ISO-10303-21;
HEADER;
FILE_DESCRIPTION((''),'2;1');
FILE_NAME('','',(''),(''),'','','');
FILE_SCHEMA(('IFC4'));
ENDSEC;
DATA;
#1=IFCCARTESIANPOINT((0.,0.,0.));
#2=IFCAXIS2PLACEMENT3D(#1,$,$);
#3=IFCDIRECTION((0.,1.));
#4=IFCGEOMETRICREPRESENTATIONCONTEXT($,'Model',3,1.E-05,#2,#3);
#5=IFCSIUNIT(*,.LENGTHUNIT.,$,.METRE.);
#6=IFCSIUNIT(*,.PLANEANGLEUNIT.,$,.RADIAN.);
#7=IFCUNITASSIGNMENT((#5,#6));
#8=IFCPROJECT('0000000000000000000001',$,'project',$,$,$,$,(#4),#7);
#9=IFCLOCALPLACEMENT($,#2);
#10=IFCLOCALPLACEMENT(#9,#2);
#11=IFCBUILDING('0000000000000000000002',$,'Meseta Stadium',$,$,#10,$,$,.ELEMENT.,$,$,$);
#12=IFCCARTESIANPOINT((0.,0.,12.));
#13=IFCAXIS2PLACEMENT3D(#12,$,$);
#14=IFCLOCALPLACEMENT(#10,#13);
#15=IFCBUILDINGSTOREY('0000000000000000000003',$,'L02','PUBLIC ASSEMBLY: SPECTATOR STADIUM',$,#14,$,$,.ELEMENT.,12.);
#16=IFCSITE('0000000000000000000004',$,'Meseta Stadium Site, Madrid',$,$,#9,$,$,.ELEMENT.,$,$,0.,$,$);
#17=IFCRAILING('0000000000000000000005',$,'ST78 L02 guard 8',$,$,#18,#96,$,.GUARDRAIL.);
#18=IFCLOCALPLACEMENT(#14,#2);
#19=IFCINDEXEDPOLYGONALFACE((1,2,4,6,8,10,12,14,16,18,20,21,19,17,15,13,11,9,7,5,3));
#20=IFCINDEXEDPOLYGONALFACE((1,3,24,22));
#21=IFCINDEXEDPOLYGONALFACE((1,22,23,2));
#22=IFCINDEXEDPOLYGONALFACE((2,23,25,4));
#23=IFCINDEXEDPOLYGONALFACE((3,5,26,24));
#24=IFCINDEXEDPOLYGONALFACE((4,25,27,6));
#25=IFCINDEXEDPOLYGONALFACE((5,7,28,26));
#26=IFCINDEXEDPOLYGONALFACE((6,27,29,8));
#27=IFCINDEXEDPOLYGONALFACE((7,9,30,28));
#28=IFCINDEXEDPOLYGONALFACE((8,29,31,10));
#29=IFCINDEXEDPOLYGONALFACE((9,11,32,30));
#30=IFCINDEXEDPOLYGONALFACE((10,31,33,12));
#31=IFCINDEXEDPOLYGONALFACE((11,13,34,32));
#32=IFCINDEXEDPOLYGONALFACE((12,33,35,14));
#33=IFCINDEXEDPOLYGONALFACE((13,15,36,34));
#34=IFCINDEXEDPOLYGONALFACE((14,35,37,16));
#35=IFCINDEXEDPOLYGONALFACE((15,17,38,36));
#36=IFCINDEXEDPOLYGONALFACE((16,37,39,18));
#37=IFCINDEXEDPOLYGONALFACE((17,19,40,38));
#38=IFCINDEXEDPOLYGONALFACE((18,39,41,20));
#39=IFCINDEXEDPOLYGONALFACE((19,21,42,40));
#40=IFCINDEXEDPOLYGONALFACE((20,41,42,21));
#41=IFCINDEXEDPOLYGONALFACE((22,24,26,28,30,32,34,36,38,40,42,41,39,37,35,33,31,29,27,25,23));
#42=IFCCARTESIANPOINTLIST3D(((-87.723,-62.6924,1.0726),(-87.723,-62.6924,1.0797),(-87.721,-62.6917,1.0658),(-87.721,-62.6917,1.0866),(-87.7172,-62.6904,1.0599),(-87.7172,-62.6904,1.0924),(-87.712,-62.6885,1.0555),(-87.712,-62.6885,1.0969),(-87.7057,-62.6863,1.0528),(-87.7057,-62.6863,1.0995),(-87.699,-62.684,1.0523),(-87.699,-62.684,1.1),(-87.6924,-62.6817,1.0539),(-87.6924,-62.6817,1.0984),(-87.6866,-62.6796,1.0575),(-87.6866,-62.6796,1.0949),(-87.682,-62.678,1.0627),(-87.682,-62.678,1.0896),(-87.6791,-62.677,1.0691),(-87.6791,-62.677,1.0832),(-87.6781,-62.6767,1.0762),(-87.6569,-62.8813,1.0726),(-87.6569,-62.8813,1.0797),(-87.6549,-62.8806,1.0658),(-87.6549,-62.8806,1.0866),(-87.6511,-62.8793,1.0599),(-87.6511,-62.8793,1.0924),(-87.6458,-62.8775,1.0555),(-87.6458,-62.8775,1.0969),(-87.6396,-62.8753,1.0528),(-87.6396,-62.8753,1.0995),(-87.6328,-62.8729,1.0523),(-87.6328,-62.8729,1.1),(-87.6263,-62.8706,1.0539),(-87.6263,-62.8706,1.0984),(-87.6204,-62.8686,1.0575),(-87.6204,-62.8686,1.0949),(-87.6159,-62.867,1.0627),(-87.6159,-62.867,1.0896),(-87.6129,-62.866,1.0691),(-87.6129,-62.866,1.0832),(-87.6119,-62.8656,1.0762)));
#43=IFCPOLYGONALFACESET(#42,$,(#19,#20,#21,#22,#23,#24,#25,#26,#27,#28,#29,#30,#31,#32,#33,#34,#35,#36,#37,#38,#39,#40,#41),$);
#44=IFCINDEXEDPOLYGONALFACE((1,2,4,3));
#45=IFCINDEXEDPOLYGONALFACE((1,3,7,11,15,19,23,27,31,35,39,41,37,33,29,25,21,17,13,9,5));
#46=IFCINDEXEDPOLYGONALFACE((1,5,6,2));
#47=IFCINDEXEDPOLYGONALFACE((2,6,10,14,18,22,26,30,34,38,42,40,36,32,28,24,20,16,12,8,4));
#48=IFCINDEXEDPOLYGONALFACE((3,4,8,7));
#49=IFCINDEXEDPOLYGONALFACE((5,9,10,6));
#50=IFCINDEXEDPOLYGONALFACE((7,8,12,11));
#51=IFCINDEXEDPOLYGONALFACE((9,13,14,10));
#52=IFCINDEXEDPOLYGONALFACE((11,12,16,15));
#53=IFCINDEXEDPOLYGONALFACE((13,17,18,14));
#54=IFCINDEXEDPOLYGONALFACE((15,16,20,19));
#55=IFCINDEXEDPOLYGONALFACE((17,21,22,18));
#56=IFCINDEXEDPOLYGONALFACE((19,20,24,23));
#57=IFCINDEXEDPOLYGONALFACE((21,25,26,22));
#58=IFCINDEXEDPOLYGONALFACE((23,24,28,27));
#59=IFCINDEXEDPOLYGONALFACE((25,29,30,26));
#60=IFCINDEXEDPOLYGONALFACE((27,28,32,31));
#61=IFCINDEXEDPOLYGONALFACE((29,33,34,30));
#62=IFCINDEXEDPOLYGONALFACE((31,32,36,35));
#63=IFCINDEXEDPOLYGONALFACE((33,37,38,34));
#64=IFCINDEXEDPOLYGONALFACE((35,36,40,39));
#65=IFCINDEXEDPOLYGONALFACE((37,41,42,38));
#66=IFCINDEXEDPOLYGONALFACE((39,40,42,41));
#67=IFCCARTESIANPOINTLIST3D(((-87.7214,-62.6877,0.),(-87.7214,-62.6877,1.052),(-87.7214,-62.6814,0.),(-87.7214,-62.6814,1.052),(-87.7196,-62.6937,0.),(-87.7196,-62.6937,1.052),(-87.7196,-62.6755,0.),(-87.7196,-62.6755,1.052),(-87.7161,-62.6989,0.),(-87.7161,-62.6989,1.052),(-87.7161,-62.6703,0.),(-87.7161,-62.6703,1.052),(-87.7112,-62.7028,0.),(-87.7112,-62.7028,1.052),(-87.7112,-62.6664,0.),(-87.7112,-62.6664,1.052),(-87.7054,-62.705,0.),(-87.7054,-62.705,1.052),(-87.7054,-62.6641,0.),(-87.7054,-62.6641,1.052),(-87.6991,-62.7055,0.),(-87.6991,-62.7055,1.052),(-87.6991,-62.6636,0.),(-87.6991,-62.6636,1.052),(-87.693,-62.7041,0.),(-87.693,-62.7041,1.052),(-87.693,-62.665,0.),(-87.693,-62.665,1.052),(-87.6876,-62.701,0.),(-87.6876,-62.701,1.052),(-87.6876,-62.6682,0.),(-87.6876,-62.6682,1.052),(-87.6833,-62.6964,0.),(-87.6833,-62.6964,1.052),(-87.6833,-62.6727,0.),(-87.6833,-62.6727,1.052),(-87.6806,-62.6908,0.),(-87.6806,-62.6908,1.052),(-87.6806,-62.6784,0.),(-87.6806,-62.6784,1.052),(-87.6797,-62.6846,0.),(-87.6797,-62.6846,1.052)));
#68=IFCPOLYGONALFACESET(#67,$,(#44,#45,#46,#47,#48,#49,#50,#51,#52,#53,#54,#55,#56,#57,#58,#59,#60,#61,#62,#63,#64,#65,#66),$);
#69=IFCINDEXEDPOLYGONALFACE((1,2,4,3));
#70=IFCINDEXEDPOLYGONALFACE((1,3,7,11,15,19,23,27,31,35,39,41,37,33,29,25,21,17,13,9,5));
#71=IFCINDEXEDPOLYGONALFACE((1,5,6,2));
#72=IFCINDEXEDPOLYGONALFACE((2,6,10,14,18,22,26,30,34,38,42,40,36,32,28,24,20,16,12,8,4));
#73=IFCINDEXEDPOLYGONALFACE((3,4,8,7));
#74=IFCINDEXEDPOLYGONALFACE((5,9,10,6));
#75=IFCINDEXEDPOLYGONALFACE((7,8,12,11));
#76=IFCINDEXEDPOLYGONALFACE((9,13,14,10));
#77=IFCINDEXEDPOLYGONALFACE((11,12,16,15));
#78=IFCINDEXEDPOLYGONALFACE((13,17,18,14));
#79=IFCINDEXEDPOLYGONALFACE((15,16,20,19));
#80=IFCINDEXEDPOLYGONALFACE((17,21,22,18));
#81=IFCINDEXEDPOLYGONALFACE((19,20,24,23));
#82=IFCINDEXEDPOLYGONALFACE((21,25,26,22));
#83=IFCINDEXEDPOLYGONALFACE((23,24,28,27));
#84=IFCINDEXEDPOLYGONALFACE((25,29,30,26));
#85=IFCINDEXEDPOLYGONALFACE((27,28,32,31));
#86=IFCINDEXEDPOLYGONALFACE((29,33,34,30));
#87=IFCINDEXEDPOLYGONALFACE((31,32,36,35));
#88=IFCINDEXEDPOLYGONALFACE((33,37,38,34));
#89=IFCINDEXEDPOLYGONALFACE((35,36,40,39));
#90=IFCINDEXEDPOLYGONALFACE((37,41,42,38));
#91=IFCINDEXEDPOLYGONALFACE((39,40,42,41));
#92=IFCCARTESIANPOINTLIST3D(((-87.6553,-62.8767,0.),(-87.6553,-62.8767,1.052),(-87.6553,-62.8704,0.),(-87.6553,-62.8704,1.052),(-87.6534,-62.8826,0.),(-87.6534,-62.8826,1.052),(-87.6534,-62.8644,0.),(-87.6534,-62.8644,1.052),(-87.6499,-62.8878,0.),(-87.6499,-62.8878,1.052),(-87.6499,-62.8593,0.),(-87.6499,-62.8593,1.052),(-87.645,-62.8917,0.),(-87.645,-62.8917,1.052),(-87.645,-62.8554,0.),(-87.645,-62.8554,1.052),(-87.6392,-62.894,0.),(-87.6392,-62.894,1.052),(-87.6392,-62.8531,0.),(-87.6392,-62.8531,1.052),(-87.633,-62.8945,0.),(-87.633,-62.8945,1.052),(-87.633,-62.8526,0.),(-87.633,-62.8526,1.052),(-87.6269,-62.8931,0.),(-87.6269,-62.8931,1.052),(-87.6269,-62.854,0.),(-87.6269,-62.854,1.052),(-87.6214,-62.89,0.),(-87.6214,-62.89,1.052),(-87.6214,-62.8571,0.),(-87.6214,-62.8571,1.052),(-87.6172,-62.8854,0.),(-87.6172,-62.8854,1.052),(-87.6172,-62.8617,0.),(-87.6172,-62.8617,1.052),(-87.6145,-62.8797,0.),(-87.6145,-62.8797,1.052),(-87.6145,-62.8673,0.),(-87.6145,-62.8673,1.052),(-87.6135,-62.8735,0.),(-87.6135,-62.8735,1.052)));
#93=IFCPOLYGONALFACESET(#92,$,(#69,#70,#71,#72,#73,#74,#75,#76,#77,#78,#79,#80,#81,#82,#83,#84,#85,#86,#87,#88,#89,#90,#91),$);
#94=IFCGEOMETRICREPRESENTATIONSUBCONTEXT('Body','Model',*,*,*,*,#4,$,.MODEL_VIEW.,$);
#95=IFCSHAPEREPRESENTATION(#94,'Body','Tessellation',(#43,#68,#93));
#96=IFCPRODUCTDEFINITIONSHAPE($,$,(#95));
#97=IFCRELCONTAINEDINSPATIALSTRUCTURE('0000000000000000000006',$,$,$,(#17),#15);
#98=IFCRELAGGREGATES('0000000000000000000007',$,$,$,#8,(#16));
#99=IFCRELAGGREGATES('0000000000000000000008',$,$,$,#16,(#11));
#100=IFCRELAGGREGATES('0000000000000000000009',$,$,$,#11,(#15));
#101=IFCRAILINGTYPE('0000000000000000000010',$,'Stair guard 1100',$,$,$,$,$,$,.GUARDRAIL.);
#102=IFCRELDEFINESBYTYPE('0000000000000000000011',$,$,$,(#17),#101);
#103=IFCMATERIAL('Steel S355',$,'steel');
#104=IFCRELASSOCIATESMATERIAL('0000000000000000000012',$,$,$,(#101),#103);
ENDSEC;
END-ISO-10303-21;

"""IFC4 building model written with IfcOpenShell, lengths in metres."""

from ifc_helpers import new_model, si_unit, direction, frame, origin, origin_2d, place, context, subcontext, project, spatial, circle, extrude, material, type_object, element, save


model = new_model("IFC4")

# Units and contexts
model_context = context("Model", 3, precision=1e-05, world=origin(), true_north=direction((0.0, 1.0)))
body_context = subcontext(model_context, "Body", "Model", "MODEL_VIEW")
ifc_project = project(units=[si_unit("LENGTHUNIT", "METRE"), si_unit("PLANEANGLEUNIT", "RADIAN")], contexts=[model_context])

# Site, building, storey
site_placement = place(None, origin())
site = spatial("IfcSite", under=ifc_project, at=site_placement, Name="Meseta Stadium Site, Madrid", CompositionType="ELEMENT", RefElevation=0.0)
building_placement = place(site_placement, origin())
building = spatial("IfcBuilding", under=site, at=building_placement, Name="Meseta Stadium", CompositionType="ELEMENT")
storey_placement = place(building_placement, frame((0.0, 0.0, 12.0)))
storey = spatial("IfcBuildingStorey", under=building, at=storey_placement, Name="L02", Description="PUBLIC ASSEMBLY: SPECTATOR STADIUM", CompositionType="ELEMENT", Elevation=12.0)

# Railing
ifc_material_1 = material(Name="Steel S355", Category="steel")
railing_type_1 = type_object("IfcRailingType", Name="Stair guard 1100", PredefinedType="GUARDRAIL", material=ifc_material_1)
railing_1_placement = place(storey_placement, frame((-87.7007, -62.6846, 0.0)))
element("IfcRailing", 1, at=railing_1_placement, inside=storey, type_object=railing_type_1, Name="ST78 L02 guard 8", PredefinedType="GUARDRAIL", context=body_context, shape_type="SweptSolid", body=[
    extrude(circle(Radius=0.0239, at=origin_2d()), frame((0.0, 0.0, 1.0762), z_axis=(0.330459, -0.94382, 0.0), x_axis=(0.94382, 0.330459, 0.0)), (0.0, 0.0, 1.0), 0.2002),
    extrude(circle(Radius=0.021, at=origin_2d()), origin(), (0.0, 0.0, 1.0), 1.052),
    extrude(circle(Radius=0.021, at=origin_2d()), frame((0.0662, -0.189, 0.0)), (0.0, 0.0, 1.0), 1.052),
])

save(model, "model.ifc")
